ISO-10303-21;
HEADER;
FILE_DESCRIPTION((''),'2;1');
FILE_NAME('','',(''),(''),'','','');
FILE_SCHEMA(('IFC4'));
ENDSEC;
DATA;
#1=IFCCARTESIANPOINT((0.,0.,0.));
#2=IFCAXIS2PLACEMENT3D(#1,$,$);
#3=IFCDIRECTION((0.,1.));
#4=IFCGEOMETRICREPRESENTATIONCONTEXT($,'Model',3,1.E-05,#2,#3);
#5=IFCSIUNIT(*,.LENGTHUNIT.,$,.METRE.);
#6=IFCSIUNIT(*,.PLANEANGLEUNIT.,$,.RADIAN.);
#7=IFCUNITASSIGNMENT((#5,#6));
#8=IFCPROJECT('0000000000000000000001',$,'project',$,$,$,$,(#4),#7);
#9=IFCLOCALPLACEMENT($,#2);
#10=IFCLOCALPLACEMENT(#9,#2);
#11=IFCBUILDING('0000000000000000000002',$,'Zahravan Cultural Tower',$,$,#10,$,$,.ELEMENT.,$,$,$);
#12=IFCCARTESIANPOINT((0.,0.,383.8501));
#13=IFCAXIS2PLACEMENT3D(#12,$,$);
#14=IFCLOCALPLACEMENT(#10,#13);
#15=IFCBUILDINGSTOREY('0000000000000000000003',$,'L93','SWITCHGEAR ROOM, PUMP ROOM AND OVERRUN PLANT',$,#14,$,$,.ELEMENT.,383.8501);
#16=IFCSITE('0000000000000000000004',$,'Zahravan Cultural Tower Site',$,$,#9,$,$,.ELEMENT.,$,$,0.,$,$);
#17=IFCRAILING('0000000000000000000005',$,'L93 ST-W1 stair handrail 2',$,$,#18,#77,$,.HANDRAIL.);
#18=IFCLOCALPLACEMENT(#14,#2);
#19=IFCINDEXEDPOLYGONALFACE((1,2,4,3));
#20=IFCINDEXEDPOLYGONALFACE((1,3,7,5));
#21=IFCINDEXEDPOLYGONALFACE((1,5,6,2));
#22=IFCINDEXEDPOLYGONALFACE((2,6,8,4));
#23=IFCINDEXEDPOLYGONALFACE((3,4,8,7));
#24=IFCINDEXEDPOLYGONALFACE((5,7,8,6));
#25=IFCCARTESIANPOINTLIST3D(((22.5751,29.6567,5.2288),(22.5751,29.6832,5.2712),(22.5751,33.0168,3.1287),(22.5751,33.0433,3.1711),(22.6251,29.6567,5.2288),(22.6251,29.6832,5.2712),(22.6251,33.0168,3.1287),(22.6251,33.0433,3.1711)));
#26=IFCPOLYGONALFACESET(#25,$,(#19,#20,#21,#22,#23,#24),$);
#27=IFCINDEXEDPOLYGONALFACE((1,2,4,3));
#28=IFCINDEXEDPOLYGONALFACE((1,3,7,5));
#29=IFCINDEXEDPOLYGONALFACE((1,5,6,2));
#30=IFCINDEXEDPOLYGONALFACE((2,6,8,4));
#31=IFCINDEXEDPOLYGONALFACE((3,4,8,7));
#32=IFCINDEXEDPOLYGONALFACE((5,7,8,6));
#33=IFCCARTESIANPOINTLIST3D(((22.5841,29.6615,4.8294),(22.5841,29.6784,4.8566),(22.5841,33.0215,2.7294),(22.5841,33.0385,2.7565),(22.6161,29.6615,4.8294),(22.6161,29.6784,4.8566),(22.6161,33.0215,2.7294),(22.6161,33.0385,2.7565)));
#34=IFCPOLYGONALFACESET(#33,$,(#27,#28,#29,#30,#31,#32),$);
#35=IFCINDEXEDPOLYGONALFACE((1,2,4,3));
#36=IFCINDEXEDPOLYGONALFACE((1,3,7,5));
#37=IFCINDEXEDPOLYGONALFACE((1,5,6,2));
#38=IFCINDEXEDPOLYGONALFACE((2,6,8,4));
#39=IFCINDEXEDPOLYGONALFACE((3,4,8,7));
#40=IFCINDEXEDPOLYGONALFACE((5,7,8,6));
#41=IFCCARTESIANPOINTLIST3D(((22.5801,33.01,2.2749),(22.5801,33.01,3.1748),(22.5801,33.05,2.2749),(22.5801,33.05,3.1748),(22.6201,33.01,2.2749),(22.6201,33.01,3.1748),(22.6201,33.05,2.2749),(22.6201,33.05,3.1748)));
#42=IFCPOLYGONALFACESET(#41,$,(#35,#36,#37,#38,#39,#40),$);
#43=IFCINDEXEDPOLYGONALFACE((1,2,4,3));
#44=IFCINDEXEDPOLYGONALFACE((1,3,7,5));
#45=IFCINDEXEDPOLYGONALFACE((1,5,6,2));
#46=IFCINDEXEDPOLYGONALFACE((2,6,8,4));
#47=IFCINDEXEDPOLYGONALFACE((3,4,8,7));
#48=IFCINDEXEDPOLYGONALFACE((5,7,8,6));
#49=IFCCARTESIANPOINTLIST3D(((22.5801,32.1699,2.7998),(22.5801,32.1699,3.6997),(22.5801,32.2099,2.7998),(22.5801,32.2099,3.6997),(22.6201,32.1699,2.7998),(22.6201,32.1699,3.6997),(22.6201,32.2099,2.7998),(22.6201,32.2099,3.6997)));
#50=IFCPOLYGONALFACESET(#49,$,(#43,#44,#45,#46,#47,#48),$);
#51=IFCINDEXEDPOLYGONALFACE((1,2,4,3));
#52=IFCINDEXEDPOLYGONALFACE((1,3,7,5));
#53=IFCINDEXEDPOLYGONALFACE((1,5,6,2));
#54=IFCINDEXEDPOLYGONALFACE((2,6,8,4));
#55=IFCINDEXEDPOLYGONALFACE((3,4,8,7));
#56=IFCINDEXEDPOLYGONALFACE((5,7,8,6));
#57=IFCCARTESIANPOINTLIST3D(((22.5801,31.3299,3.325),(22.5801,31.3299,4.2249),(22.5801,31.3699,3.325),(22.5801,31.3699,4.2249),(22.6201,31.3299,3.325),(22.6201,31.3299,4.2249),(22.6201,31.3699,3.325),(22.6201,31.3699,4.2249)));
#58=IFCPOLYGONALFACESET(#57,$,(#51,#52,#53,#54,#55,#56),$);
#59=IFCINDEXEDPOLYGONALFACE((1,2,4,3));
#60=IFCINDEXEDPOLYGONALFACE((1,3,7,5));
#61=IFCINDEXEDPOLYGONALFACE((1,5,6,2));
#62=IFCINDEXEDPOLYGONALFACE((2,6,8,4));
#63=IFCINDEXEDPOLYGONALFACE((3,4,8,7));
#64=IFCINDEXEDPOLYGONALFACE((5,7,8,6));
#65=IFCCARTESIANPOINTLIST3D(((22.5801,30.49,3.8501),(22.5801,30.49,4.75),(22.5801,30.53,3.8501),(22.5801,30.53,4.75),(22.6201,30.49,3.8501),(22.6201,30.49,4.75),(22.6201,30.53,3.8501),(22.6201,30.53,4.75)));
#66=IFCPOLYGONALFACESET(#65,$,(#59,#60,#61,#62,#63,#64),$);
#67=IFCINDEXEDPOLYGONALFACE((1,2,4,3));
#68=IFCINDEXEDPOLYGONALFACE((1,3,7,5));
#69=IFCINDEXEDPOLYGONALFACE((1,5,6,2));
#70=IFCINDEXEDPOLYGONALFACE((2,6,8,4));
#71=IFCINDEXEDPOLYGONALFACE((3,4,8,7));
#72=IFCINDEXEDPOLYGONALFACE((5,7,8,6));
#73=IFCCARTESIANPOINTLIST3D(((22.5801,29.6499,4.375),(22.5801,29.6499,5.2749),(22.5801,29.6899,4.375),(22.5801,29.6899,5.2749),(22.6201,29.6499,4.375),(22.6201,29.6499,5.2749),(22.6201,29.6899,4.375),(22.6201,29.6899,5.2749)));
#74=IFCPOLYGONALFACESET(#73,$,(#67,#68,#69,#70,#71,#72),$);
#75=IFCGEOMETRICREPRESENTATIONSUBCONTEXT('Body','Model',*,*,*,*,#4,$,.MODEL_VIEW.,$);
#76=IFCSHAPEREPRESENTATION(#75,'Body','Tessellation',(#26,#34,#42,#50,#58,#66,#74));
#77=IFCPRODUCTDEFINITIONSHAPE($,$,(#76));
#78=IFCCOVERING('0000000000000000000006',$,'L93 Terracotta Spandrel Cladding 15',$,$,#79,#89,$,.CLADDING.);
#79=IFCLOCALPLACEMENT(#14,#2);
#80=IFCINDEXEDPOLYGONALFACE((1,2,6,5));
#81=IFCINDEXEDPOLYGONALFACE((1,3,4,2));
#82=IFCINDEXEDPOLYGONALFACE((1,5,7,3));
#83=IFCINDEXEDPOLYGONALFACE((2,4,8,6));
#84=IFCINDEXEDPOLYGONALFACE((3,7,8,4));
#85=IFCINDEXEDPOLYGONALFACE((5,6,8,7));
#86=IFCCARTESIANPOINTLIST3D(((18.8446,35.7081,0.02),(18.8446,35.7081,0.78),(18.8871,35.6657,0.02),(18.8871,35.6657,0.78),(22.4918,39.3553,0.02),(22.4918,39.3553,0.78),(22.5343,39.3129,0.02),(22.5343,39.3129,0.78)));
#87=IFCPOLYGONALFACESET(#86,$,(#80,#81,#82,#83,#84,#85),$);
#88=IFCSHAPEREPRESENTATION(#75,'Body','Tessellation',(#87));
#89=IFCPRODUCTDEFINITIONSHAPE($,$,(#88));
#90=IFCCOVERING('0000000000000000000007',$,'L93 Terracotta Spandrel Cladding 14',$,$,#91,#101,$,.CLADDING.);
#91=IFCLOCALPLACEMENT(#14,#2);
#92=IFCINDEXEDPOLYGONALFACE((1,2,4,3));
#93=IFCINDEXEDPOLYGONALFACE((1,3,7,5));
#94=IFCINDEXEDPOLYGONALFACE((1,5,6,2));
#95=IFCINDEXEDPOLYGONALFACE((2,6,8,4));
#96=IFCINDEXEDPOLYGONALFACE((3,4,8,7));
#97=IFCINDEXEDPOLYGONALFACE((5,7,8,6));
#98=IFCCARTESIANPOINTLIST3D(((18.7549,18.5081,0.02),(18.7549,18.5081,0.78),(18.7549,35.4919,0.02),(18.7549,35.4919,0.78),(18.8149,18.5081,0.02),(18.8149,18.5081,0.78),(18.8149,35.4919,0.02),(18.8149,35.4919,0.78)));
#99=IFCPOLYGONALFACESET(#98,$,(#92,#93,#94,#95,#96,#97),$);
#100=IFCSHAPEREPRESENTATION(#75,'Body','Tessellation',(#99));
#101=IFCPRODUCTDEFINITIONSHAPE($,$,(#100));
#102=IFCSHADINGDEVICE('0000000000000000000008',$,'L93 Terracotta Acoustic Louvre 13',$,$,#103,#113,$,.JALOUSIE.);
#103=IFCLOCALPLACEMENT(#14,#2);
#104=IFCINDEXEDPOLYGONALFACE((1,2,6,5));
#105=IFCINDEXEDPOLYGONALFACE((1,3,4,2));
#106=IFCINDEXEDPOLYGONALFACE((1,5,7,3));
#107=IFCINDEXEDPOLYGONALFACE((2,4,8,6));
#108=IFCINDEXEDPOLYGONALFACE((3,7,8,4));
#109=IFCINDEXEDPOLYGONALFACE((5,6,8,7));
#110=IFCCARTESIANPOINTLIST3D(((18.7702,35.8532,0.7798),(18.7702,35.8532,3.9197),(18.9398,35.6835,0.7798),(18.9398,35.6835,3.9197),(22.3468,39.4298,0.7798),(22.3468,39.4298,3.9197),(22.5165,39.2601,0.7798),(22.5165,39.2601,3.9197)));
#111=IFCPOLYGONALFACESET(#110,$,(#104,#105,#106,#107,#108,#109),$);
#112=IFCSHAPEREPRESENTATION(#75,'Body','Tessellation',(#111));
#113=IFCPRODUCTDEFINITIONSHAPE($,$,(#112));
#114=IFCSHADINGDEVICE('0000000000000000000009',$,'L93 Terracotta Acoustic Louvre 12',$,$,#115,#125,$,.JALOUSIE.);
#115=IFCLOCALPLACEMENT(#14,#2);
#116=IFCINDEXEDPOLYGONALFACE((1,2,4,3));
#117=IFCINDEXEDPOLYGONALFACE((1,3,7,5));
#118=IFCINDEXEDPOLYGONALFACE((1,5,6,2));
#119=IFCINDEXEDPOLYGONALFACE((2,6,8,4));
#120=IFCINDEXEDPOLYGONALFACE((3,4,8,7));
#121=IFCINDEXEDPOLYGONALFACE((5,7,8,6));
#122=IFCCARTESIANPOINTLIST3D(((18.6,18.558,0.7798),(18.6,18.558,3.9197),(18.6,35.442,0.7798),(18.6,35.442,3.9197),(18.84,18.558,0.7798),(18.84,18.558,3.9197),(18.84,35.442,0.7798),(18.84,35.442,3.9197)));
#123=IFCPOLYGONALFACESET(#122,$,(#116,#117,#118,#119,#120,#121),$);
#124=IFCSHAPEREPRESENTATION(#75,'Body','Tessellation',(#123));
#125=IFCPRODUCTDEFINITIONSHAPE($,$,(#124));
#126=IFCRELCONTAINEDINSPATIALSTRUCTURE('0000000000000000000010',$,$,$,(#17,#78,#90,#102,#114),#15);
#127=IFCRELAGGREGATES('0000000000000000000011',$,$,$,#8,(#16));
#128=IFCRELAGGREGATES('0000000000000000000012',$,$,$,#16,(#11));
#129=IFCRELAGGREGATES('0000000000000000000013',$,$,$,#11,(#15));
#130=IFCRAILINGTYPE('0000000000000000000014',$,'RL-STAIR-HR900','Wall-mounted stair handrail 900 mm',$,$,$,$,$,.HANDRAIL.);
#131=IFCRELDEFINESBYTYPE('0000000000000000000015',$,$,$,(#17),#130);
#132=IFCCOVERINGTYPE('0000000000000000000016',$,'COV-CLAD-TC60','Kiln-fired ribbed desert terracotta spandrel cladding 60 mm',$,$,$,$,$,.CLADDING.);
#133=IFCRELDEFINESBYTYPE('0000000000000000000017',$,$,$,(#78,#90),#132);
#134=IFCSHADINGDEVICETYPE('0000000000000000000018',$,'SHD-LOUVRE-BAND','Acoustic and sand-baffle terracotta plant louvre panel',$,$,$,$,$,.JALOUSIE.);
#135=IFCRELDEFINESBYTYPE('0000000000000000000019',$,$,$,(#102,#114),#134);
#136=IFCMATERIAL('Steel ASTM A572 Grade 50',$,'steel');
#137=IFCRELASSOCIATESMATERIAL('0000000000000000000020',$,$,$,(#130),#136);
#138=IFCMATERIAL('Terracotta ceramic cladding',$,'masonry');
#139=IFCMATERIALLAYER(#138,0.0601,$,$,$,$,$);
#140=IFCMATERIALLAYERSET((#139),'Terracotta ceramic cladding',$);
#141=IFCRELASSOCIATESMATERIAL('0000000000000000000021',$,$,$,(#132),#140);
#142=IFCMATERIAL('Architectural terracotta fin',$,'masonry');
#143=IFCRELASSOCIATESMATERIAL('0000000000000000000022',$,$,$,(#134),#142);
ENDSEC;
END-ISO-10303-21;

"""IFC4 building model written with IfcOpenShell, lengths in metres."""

from ifc_helpers import new_model, si_unit, direction, frame, origin, origin_2d, place, context, subcontext, project, spatial, rectangle, extrude, source, transform, mapped, material, layer, layer_set, type_object, element, save


model = new_model("IFC4")

# Units and contexts
model_context = context("Model", 3, precision=1e-05, world=origin(), true_north=direction((0.0, 1.0)))
body_context = subcontext(model_context, "Body", "Model", "MODEL_VIEW")
ifc_project = project(units=[si_unit("LENGTHUNIT", "METRE"), si_unit("PLANEANGLEUNIT", "RADIAN")], contexts=[model_context])

# Site, building, storey
site_placement = place(None, origin())
site = spatial("IfcSite", under=ifc_project, at=site_placement, Name="Zahravan Cultural Tower Site", CompositionType="ELEMENT", RefElevation=0.0)
building_placement = place(site_placement, origin())
building = spatial("IfcBuilding", under=site, at=building_placement, Name="Zahravan Cultural Tower", CompositionType="ELEMENT")
storey_placement = place(building_placement, frame((0.0, 0.0, 383.8501)))
storey = spatial("IfcBuildingStorey", under=building, at=storey_placement, Name="L93", Description="SWITCHGEAR ROOM, PUMP ROOM AND OVERRUN PLANT", CompositionType="ELEMENT", Elevation=383.8501)

# Railing
ifc_material_1 = material(Name="Steel ASTM A572 Grade 50", Category="steel")
railing_type_1 = type_object("IfcRailingType", Name="RL-STAIR-HR900", Description="Wall-mounted stair handrail 900 mm", PredefinedType="HANDRAIL", material=ifc_material_1)
railing_1_placement = place(storey_placement, frame((22.6001, 33.03, 2.2749)))
element("IfcRailing", 1, at=railing_1_placement, inside=storey, type_object=railing_type_1, Name="L93 ST-W1 stair handrail 2", PredefinedType="HANDRAIL", context=body_context, shape_type="SweptSolid", body=[
    extrude(rectangle(XDim=0.05, YDim=0.05, at=origin_2d()), frame((0.0, 0.0, 0.875), z_axis=(0.0, -0.847995, 0.530004), x_axis=(1.0, 0.0, 0.0)), (0.0, 0.0, 1.0), 3.9624),
    extrude(rectangle(XDim=0.032, YDim=0.032, at=origin_2d()), frame((0.0, 0.0, 0.468), z_axis=(0.0, -0.847995, 0.530004), x_axis=(1.0, 0.0, 0.0)), (0.0, 0.0, 1.0), 3.9624),
    extrude(rectangle(XDim=0.04, YDim=0.04, at=origin_2d()), origin(), (0.0, 0.0, 1.0), 0.8999),
    extrude(rectangle(XDim=0.04, YDim=0.04, at=origin_2d()), frame((0.0, -0.8401, 0.5249)), (0.0, 0.0, 1.0), 0.8999),
    extrude(rectangle(XDim=0.04, YDim=0.04, at=origin_2d()), frame((0.0, -1.6802, 1.05)), (0.0, 0.0, 1.0), 0.8999),
    extrude(rectangle(XDim=0.04, YDim=0.04, at=origin_2d()), frame((0.0, -2.52, 1.5752)), (0.0, 0.0, 1.0), 0.8999),
    extrude(rectangle(XDim=0.04, YDim=0.04, at=origin_2d()), frame((0.0, -3.3601, 2.1001)), (0.0, 0.0, 1.0), 0.8999),
])

# Coverings
ifc_material_2 = material(Name="Terracotta ceramic cladding", Category="masonry")
ifc_layer_1 = layer(ifc_material_2, 0.0601)
ifc_layer_set_1 = layer_set([ifc_layer_1], Name="Terracotta ceramic cladding")
covering_type = type_object("IfcCoveringType", Name="COV-CLAD-TC60", Description="Kiln-fired ribbed desert terracotta spandrel cladding 60 mm", PredefinedType="CLADDING", material=ifc_layer_set_1)
shared_shape_1 = source(origin(), body_context, "Body", "SweptSolid", [
    extrude(rectangle(XDim=5.158, YDim=0.0601, at=origin_2d()), origin(), (0.0, 0.0, 1.0), 0.76),
])
covering_1_placement = place(storey_placement, frame((20.6895, 37.5105, 0.02), z_axis=(0.0, 0.0, 1.0), x_axis=(0.707107, 0.707107, 0.0)))
element("IfcCovering", 2, at=covering_1_placement, inside=storey, type_object=covering_type, Name="L93 Terracotta Spandrel Cladding 15", PredefinedType="CLADDING", context=body_context, shape_type="MappedRepresentation", body=[
    mapped(shared_shape_1, transform((0.0, 0.0, 0.0), x_axis=(1.0, 0.0, 0.0), y_axis=(0.0, 1.0, 0.0), z_axis=(0.0, 0.0, 1.0), scale=1.0)),
])
shared_shape_2 = source(origin(), body_context, "Body", "SweptSolid", [
    extrude(rectangle(XDim=16.9839, YDim=0.0601, at=origin_2d()), origin(), (0.0, 0.0, 1.0), 0.76),
])
covering_2_placement = place(storey_placement, frame((18.7849, 27.0, 0.02), z_axis=(0.0, 0.0, 1.0), x_axis=(0.0, 1.0, 0.0)))
element("IfcCovering", 3, at=covering_2_placement, inside=storey, type_object=covering_type, Name="L93 Terracotta Spandrel Cladding 14", PredefinedType="CLADDING", context=body_context, shape_type="MappedRepresentation", body=[
    mapped(shared_shape_2, transform((0.0, 0.0, 0.0), x_axis=(1.0, 0.0, 0.0), y_axis=(0.0, 1.0, 0.0), z_axis=(0.0, 0.0, 1.0), scale=1.0)),
])

# Shading devices
ifc_material_3 = material(Name="Architectural terracotta fin", Category="masonry")
shading_device_type = type_object("IfcShadingDeviceType", Name="SHD-LOUVRE-BAND", Description="Acoustic and sand-baffle terracotta plant louvre panel", PredefinedType="JALOUSIE", material=ifc_material_3)
shared_shape_3 = source(origin(), body_context, "Body", "SweptSolid", [
    extrude(rectangle(XDim=5.0581, YDim=0.24, at=origin_2d()), origin(), (0.0, 0.0, 1.0), 3.1399),
])
shading_device_1_placement = place(storey_placement, frame((20.6433, 37.5566, 0.7798), z_axis=(0.0, 0.0, 1.0), x_axis=(0.707107, 0.707107, 0.0)))
element("IfcShadingDevice", 4, at=shading_device_1_placement, inside=storey, type_object=shading_device_type, Name="L93 Terracotta Acoustic Louvre 13", PredefinedType="JALOUSIE", context=body_context, shape_type="MappedRepresentation", body=[
    mapped(shared_shape_3, transform((0.0, 0.0, 0.0), x_axis=(1.0, 0.0, 0.0), y_axis=(0.0, 1.0, 0.0), z_axis=(0.0, 0.0, 1.0), scale=1.0)),
])
shared_shape_4 = source(origin(), body_context, "Body", "SweptSolid", [
    extrude(rectangle(XDim=16.884, YDim=0.24, at=origin_2d()), origin(), (0.0, 0.0, 1.0), 3.1399),
])
shading_device_2_placement = place(storey_placement, frame((18.72, 27.0, 0.7798), z_axis=(0.0, 0.0, 1.0), x_axis=(0.0, 1.0, 0.0)))
element("IfcShadingDevice", 5, at=shading_device_2_placement, inside=storey, type_object=shading_device_type, Name="L93 Terracotta Acoustic Louvre 12", PredefinedType="JALOUSIE", context=body_context, shape_type="MappedRepresentation", body=[
    mapped(shared_shape_4, transform((0.0, 0.0, 0.0), x_axis=(1.0, 0.0, 0.0), y_axis=(0.0, 1.0, 0.0), z_axis=(0.0, 0.0, 1.0), scale=1.0)),
])

save(model, "model.ifc")
